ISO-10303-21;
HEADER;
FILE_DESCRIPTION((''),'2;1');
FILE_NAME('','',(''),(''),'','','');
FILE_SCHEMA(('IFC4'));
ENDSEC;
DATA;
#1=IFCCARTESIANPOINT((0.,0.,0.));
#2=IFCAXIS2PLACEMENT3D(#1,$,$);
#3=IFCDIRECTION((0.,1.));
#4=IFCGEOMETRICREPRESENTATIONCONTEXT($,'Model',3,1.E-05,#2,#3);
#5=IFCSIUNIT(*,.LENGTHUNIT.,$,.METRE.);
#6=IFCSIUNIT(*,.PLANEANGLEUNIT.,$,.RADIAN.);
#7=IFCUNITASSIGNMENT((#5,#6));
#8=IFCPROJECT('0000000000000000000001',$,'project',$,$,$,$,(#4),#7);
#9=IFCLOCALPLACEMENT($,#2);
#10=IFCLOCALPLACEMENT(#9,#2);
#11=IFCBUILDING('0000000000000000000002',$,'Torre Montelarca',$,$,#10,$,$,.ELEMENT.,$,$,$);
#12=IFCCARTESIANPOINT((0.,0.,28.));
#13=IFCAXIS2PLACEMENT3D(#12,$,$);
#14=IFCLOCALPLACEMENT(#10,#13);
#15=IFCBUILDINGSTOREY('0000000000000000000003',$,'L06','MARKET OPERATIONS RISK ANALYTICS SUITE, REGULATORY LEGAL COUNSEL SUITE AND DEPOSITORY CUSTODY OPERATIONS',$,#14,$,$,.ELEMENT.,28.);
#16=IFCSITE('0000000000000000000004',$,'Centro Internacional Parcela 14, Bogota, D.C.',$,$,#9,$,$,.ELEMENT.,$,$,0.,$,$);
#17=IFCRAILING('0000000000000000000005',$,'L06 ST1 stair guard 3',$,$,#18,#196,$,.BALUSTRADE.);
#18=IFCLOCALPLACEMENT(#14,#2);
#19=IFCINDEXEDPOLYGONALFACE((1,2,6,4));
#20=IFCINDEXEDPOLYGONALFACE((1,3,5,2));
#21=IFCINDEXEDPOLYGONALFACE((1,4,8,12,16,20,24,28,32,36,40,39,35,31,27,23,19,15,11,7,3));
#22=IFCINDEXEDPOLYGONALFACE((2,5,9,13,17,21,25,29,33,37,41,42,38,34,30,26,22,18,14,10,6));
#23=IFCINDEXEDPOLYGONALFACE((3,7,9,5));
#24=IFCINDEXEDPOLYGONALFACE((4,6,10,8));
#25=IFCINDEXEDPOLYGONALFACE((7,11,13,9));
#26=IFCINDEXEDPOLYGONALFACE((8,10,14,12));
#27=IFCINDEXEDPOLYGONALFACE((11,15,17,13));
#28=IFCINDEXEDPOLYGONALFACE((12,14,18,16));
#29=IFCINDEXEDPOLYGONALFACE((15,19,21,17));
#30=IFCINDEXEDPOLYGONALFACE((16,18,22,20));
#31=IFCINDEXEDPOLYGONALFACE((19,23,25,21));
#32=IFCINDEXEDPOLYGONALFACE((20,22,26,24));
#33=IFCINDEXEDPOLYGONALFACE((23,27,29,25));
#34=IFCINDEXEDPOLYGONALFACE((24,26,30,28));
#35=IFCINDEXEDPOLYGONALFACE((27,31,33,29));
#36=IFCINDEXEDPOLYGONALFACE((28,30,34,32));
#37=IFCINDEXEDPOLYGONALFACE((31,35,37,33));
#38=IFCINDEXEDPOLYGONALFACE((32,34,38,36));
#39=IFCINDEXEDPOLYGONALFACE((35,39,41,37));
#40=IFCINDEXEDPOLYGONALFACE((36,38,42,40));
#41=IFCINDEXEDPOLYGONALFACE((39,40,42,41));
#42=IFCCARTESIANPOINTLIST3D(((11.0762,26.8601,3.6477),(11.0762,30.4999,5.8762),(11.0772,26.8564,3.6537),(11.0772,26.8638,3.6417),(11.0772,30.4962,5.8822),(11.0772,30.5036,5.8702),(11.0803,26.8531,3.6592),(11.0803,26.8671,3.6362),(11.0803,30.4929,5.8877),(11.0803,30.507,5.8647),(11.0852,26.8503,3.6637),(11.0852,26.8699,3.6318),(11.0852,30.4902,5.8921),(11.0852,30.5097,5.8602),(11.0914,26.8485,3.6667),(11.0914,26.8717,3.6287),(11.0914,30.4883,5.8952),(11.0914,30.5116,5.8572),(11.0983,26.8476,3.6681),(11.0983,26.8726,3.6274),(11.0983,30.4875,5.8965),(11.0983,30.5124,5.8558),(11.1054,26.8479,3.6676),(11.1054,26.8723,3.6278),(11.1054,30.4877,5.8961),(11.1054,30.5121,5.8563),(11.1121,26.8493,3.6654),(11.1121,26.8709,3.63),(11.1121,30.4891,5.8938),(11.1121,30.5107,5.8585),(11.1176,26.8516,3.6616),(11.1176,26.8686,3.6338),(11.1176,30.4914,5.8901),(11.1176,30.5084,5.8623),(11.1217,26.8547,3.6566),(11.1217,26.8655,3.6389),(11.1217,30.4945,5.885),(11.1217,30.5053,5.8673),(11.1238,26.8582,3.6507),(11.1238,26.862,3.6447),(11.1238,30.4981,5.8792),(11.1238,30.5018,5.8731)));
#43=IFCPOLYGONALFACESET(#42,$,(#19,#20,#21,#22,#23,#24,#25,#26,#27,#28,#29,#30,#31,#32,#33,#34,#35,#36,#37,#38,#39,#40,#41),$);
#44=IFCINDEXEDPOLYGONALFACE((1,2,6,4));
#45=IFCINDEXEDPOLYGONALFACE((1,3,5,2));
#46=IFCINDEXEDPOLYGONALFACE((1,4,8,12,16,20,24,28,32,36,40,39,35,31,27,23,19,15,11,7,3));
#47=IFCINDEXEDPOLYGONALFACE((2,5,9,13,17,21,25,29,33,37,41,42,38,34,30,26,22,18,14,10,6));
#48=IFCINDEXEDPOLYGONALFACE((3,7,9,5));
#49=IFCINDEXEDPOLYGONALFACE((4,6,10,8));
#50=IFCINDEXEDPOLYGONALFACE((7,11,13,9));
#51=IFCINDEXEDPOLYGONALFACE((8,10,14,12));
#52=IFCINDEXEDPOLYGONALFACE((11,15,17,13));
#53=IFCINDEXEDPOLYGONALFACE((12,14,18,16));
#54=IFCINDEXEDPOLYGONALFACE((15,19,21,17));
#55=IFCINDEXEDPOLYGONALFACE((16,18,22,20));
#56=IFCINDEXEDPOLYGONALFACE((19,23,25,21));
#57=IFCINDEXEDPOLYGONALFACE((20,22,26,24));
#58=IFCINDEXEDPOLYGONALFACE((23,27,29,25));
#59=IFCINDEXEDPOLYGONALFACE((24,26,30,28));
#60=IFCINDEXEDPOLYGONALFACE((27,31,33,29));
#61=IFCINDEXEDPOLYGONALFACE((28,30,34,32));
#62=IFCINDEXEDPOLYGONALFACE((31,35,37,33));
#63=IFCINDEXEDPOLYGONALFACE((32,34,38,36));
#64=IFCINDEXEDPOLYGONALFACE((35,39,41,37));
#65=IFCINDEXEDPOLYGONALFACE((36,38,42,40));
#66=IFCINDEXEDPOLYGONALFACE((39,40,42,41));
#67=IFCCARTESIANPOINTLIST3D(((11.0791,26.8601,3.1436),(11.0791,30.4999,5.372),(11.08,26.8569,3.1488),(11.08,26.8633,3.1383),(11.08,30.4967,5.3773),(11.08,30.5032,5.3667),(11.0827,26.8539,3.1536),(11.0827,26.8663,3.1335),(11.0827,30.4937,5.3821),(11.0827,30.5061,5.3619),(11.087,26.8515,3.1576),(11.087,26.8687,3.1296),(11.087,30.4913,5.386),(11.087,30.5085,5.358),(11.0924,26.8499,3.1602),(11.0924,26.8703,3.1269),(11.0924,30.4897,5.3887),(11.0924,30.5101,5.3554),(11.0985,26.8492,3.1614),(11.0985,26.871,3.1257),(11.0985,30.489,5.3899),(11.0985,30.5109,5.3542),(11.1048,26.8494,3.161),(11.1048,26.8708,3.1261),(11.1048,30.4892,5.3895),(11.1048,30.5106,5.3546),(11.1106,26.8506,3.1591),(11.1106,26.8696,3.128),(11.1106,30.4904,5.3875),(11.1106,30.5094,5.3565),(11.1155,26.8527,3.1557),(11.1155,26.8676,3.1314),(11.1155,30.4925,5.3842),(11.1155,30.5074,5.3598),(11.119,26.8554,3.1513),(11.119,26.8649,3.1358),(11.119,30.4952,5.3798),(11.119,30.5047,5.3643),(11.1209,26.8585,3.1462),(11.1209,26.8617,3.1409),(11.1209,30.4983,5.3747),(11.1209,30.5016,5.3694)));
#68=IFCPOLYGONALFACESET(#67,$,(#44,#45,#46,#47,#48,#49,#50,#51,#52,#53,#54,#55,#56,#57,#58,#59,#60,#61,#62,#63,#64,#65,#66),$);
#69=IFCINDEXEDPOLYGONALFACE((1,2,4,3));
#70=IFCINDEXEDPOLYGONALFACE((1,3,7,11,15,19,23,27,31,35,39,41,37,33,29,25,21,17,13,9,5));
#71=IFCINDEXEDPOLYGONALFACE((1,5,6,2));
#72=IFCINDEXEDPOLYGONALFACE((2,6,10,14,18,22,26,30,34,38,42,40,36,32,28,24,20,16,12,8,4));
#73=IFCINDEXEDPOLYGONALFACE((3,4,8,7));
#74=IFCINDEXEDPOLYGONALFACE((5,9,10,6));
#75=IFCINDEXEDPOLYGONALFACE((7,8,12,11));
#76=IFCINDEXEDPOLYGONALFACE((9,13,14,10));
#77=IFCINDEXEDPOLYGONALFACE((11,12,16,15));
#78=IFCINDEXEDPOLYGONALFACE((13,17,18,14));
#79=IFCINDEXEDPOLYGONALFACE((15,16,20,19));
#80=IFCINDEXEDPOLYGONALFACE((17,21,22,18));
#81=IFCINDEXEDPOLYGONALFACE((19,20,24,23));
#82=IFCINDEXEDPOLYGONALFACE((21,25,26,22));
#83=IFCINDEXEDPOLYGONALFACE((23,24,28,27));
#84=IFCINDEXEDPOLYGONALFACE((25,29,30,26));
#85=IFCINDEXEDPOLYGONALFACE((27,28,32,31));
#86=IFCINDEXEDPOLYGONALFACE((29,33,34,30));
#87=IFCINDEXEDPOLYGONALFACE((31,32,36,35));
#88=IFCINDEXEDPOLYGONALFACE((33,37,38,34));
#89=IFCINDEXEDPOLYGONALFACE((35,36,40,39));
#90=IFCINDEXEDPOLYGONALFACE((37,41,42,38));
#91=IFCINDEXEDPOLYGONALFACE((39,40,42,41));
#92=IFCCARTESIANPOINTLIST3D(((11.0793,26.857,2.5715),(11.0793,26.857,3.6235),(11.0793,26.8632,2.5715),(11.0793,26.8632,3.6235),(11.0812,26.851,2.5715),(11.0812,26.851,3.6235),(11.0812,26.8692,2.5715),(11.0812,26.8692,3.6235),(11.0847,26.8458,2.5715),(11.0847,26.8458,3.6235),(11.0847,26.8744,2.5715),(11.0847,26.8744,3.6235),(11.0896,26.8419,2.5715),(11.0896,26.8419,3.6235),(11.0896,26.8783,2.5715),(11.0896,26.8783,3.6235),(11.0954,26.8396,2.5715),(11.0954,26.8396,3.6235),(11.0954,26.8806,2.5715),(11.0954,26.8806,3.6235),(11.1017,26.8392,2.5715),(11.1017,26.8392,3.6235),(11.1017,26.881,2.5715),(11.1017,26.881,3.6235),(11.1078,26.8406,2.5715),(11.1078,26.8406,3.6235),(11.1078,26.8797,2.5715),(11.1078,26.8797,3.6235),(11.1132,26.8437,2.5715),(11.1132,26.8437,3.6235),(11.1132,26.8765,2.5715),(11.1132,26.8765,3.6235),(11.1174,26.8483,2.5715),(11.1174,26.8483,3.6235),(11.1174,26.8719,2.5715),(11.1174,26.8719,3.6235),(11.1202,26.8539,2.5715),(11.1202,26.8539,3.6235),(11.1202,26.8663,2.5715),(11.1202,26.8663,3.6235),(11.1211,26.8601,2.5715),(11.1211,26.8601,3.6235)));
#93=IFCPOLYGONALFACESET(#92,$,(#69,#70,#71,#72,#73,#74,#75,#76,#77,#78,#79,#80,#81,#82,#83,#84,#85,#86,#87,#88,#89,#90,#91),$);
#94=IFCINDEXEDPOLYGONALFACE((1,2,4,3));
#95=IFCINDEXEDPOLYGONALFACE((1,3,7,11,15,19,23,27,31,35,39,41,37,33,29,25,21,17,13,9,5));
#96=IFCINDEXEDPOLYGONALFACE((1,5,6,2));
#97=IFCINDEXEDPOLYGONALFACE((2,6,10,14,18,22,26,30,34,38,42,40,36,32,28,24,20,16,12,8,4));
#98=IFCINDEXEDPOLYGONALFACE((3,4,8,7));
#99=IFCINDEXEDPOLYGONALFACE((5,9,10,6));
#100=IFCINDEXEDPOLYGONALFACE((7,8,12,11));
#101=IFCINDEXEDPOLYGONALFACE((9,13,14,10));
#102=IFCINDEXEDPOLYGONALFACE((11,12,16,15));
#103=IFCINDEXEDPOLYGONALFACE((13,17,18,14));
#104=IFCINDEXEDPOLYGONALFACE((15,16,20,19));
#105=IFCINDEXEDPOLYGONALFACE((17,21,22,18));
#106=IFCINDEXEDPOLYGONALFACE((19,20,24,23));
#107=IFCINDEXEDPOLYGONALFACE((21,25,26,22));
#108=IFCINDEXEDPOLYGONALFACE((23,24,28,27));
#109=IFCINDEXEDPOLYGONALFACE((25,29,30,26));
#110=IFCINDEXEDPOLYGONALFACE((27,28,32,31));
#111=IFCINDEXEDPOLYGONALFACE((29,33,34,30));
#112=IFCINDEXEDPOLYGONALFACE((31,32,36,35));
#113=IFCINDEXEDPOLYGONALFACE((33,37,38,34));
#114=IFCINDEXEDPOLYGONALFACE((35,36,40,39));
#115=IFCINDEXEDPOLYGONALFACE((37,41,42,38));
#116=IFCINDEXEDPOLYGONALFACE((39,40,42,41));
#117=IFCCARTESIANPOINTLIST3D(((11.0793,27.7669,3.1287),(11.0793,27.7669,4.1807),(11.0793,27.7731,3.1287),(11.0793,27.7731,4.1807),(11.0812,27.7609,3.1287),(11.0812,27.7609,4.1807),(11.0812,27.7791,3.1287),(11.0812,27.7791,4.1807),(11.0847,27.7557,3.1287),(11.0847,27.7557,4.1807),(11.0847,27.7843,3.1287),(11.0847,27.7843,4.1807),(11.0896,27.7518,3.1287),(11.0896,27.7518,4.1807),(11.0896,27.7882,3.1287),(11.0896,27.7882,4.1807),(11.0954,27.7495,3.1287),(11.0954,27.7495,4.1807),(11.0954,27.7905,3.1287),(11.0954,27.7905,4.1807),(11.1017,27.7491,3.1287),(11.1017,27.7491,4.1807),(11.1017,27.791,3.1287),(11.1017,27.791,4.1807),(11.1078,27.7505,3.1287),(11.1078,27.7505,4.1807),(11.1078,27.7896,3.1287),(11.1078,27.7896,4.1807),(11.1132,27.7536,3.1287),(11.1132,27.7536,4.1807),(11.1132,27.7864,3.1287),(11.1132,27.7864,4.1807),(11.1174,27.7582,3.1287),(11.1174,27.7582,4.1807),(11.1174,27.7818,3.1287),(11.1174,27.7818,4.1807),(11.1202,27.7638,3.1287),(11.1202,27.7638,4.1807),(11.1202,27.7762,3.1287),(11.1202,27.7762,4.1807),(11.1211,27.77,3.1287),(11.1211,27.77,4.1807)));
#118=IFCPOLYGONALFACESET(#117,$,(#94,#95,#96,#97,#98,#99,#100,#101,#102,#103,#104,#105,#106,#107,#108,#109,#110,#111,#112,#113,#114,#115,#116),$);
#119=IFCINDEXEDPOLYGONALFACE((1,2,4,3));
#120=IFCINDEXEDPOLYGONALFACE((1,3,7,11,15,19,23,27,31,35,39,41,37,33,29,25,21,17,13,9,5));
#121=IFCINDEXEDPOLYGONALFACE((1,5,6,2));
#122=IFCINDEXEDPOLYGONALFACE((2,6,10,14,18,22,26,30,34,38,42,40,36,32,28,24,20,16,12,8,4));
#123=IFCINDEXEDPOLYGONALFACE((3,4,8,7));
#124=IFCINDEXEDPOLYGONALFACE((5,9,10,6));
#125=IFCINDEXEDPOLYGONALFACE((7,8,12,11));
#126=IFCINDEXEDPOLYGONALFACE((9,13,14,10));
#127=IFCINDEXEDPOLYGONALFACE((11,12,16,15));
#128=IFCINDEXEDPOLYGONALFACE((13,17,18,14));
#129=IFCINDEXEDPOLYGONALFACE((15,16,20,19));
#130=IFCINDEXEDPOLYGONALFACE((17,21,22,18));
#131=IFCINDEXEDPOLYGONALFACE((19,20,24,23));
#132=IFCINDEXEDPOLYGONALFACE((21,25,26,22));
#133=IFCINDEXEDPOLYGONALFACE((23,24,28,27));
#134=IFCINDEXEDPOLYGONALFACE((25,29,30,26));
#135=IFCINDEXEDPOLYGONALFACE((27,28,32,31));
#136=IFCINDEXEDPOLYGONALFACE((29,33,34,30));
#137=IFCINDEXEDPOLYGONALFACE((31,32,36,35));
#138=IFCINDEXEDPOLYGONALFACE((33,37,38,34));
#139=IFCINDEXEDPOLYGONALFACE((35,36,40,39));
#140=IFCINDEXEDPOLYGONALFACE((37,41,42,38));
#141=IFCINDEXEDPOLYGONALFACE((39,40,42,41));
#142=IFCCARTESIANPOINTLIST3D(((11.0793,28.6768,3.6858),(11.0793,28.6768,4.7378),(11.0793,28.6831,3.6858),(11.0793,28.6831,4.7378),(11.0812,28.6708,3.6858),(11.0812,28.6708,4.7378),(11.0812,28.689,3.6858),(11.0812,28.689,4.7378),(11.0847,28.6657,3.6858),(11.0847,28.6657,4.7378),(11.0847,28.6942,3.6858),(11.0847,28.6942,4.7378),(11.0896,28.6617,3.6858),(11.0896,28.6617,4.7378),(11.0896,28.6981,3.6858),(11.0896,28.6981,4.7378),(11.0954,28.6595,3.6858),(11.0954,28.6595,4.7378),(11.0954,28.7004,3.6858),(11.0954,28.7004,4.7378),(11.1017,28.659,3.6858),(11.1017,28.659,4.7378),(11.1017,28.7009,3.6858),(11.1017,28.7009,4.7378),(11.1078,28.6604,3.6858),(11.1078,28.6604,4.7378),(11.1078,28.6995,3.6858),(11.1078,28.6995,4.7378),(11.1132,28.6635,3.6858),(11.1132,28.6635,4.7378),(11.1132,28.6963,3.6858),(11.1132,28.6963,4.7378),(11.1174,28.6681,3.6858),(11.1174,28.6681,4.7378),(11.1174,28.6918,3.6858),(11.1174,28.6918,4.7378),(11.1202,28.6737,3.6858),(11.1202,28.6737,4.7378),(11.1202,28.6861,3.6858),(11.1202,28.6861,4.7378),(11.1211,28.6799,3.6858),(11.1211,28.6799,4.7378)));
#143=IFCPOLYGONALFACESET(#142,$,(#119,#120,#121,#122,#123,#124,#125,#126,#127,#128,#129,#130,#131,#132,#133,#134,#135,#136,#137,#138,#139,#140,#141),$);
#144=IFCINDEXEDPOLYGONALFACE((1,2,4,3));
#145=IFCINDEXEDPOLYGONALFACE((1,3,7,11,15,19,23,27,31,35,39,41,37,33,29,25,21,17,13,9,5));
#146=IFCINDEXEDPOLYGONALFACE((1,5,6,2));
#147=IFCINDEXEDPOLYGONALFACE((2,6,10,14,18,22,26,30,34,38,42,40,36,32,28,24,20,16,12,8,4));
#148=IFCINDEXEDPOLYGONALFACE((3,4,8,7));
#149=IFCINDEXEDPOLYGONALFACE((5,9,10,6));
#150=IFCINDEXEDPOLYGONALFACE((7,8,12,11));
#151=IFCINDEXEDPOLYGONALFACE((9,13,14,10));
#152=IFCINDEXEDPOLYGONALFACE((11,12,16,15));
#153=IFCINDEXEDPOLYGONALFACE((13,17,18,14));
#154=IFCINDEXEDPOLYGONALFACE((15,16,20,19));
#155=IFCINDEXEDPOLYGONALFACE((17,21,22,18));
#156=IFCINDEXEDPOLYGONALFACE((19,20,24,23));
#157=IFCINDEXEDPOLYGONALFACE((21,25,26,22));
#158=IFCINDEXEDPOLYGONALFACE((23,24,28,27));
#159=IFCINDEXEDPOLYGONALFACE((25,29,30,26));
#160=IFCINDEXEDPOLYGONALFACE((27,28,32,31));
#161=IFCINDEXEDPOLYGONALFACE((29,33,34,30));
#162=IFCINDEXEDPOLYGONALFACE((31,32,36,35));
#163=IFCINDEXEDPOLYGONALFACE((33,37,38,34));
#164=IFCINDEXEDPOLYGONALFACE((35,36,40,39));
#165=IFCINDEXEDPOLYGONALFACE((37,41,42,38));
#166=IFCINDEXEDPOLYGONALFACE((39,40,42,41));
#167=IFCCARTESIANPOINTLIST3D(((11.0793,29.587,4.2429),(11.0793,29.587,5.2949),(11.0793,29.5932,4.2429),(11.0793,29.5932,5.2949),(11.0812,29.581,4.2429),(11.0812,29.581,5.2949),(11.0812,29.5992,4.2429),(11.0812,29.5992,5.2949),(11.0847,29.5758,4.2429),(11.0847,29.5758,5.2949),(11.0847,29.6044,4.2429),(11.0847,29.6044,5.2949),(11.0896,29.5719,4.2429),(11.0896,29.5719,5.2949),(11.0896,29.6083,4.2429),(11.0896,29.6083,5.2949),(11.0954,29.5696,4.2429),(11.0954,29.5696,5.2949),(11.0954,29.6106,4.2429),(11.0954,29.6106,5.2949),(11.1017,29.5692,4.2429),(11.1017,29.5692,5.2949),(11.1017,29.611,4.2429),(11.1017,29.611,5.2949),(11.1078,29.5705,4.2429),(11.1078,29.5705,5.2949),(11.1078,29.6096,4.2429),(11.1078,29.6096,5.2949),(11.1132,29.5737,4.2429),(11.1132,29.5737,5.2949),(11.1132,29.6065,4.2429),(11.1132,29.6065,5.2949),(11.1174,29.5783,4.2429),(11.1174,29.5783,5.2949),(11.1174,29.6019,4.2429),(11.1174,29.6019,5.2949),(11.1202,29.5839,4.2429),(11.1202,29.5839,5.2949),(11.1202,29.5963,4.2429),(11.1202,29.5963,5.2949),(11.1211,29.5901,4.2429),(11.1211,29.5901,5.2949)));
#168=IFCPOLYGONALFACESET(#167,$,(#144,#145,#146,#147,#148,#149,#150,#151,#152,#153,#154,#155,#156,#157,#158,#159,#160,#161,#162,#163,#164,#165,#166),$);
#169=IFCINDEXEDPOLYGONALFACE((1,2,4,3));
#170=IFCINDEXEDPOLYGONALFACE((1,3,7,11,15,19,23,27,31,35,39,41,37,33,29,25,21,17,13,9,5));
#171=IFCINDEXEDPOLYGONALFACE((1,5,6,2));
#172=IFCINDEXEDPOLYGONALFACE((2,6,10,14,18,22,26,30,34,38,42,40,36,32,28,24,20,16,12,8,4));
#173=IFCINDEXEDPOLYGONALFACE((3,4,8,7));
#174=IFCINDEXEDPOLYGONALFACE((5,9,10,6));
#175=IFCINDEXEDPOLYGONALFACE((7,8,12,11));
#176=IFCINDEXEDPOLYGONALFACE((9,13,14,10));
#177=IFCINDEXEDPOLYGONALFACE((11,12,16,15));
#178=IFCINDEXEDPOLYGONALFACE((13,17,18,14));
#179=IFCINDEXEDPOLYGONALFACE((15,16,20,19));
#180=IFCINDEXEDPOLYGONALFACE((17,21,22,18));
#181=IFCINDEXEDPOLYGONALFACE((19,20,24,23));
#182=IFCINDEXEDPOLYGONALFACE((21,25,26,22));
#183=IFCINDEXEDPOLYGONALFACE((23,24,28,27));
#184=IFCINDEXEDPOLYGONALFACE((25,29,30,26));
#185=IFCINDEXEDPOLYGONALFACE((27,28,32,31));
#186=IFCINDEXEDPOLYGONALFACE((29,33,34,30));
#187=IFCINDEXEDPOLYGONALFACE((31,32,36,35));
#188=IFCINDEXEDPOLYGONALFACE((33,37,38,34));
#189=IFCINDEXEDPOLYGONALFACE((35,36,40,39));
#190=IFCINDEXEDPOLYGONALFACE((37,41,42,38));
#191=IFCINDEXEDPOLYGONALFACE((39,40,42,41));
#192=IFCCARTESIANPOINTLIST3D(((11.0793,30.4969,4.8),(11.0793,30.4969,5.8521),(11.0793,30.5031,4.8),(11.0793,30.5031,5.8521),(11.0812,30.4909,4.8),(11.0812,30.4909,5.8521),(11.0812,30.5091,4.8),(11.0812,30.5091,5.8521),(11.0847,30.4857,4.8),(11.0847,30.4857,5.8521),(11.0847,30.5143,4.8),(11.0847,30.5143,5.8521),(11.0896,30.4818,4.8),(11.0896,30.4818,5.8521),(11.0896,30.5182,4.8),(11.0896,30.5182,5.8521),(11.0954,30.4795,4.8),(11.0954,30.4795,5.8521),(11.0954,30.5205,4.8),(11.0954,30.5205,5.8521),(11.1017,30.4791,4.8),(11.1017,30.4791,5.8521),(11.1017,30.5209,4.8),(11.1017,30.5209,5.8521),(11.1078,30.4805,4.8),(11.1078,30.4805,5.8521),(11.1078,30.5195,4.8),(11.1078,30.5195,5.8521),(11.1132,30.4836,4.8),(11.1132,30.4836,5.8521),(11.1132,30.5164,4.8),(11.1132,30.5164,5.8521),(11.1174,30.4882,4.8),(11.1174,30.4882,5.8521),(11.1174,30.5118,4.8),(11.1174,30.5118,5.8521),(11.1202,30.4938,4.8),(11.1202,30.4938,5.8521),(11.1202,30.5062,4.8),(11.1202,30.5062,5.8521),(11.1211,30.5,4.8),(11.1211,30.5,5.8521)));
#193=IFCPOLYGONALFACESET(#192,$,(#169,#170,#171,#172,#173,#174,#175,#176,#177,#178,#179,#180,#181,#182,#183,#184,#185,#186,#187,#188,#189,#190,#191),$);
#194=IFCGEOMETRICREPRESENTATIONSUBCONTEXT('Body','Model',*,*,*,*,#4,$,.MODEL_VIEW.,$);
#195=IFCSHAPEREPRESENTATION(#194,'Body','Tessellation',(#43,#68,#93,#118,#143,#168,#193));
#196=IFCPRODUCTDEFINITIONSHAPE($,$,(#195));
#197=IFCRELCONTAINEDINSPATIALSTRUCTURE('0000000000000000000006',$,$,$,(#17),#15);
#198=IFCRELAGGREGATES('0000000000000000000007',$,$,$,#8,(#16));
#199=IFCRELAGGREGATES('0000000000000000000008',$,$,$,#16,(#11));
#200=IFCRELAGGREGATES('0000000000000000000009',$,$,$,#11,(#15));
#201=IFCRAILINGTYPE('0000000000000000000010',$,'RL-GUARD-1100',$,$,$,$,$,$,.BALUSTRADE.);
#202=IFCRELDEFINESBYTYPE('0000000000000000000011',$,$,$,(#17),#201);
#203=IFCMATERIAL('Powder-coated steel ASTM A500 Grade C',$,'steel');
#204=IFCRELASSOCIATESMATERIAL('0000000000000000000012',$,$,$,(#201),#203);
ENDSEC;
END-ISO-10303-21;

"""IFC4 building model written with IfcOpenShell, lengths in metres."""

from ifc_helpers import new_model, si_unit, direction, frame, origin, origin_2d, place, context, subcontext, project, spatial, circle, extrude, material, type_object, element, save


model = new_model("IFC4")

# Units and contexts
model_context = context("Model", 3, precision=1e-05, world=origin(), true_north=direction((0.0, 1.0)))
body_context = subcontext(model_context, "Body", "Model", "MODEL_VIEW")
ifc_project = project(units=[si_unit("LENGTHUNIT", "METRE"), si_unit("PLANEANGLEUNIT", "RADIAN")], contexts=[model_context])

# Site, building, storey
site_placement = place(None, origin())
site = spatial("IfcSite", under=ifc_project, at=site_placement, Name="Centro Internacional Parcela 14, Bogota, D.C.", CompositionType="ELEMENT", RefElevation=0.0)
building_placement = place(site_placement, origin())
building = spatial("IfcBuilding", under=site, at=building_placement, Name="Torre Montelarca", CompositionType="ELEMENT")
storey_placement = place(building_placement, frame((0.0, 0.0, 28.0)))
storey = spatial("IfcBuildingStorey", under=building, at=storey_placement, Name="L06", Description="MARKET OPERATIONS RISK ANALYTICS SUITE, REGULATORY LEGAL COUNSEL SUITE AND DEPOSITORY CUSTODY OPERATIONS", CompositionType="ELEMENT", Elevation=28.0)

# Railing
ifc_material_1 = material(Name="Powder-coated steel ASTM A500 Grade C", Category="steel")
railing_type_1 = type_object("IfcRailingType", Name="RL-GUARD-1100", PredefinedType="BALUSTRADE", material=ifc_material_1)
railing_1_placement = place(storey_placement, frame((11.1001, 26.8601, 2.5715)))
element("IfcRailing", 1, at=railing_1_placement, inside=storey, type_object=railing_type_1, Name="L06 ST1 stair guard 3", PredefinedType="BALUSTRADE", context=body_context, shape_type="SweptSolid", body=[
    extrude(circle(Radius=0.0239, at=origin_2d()), frame((0.0, 0.0, 1.0762), z_axis=(0.0, 0.85285, 0.522156), x_axis=(-1.0, 0.0, 0.0)), (0.0, 0.0, 1.0), 4.2678),
    extrude(circle(Radius=0.021, at=origin_2d()), frame((0.0, 0.0, 0.572), z_axis=(0.0, 0.85285, 0.522156), x_axis=(-1.0, 0.0, 0.0)), (0.0, 0.0, 1.0), 4.2678),
    extrude(circle(Radius=0.021, at=origin_2d()), origin(), (0.0, 0.0, 1.0), 1.052),
    extrude(circle(Radius=0.021, at=origin_2d()), frame((0.0, 0.9099, 0.5571)), (0.0, 0.0, 1.0), 1.052),
    extrude(circle(Radius=0.021, at=origin_2d()), frame((0.0, 1.8198, 1.1143)), (0.0, 0.0, 1.0), 1.052),
    extrude(circle(Radius=0.021, at=origin_2d()), frame((0.0, 2.73, 1.6714)), (0.0, 0.0, 1.0), 1.052),
    extrude(circle(Radius=0.021, at=origin_2d()), frame((0.0, 3.6399, 2.2285)), (0.0, 0.0, 1.0), 1.052),
])

save(model, "model.ifc")
